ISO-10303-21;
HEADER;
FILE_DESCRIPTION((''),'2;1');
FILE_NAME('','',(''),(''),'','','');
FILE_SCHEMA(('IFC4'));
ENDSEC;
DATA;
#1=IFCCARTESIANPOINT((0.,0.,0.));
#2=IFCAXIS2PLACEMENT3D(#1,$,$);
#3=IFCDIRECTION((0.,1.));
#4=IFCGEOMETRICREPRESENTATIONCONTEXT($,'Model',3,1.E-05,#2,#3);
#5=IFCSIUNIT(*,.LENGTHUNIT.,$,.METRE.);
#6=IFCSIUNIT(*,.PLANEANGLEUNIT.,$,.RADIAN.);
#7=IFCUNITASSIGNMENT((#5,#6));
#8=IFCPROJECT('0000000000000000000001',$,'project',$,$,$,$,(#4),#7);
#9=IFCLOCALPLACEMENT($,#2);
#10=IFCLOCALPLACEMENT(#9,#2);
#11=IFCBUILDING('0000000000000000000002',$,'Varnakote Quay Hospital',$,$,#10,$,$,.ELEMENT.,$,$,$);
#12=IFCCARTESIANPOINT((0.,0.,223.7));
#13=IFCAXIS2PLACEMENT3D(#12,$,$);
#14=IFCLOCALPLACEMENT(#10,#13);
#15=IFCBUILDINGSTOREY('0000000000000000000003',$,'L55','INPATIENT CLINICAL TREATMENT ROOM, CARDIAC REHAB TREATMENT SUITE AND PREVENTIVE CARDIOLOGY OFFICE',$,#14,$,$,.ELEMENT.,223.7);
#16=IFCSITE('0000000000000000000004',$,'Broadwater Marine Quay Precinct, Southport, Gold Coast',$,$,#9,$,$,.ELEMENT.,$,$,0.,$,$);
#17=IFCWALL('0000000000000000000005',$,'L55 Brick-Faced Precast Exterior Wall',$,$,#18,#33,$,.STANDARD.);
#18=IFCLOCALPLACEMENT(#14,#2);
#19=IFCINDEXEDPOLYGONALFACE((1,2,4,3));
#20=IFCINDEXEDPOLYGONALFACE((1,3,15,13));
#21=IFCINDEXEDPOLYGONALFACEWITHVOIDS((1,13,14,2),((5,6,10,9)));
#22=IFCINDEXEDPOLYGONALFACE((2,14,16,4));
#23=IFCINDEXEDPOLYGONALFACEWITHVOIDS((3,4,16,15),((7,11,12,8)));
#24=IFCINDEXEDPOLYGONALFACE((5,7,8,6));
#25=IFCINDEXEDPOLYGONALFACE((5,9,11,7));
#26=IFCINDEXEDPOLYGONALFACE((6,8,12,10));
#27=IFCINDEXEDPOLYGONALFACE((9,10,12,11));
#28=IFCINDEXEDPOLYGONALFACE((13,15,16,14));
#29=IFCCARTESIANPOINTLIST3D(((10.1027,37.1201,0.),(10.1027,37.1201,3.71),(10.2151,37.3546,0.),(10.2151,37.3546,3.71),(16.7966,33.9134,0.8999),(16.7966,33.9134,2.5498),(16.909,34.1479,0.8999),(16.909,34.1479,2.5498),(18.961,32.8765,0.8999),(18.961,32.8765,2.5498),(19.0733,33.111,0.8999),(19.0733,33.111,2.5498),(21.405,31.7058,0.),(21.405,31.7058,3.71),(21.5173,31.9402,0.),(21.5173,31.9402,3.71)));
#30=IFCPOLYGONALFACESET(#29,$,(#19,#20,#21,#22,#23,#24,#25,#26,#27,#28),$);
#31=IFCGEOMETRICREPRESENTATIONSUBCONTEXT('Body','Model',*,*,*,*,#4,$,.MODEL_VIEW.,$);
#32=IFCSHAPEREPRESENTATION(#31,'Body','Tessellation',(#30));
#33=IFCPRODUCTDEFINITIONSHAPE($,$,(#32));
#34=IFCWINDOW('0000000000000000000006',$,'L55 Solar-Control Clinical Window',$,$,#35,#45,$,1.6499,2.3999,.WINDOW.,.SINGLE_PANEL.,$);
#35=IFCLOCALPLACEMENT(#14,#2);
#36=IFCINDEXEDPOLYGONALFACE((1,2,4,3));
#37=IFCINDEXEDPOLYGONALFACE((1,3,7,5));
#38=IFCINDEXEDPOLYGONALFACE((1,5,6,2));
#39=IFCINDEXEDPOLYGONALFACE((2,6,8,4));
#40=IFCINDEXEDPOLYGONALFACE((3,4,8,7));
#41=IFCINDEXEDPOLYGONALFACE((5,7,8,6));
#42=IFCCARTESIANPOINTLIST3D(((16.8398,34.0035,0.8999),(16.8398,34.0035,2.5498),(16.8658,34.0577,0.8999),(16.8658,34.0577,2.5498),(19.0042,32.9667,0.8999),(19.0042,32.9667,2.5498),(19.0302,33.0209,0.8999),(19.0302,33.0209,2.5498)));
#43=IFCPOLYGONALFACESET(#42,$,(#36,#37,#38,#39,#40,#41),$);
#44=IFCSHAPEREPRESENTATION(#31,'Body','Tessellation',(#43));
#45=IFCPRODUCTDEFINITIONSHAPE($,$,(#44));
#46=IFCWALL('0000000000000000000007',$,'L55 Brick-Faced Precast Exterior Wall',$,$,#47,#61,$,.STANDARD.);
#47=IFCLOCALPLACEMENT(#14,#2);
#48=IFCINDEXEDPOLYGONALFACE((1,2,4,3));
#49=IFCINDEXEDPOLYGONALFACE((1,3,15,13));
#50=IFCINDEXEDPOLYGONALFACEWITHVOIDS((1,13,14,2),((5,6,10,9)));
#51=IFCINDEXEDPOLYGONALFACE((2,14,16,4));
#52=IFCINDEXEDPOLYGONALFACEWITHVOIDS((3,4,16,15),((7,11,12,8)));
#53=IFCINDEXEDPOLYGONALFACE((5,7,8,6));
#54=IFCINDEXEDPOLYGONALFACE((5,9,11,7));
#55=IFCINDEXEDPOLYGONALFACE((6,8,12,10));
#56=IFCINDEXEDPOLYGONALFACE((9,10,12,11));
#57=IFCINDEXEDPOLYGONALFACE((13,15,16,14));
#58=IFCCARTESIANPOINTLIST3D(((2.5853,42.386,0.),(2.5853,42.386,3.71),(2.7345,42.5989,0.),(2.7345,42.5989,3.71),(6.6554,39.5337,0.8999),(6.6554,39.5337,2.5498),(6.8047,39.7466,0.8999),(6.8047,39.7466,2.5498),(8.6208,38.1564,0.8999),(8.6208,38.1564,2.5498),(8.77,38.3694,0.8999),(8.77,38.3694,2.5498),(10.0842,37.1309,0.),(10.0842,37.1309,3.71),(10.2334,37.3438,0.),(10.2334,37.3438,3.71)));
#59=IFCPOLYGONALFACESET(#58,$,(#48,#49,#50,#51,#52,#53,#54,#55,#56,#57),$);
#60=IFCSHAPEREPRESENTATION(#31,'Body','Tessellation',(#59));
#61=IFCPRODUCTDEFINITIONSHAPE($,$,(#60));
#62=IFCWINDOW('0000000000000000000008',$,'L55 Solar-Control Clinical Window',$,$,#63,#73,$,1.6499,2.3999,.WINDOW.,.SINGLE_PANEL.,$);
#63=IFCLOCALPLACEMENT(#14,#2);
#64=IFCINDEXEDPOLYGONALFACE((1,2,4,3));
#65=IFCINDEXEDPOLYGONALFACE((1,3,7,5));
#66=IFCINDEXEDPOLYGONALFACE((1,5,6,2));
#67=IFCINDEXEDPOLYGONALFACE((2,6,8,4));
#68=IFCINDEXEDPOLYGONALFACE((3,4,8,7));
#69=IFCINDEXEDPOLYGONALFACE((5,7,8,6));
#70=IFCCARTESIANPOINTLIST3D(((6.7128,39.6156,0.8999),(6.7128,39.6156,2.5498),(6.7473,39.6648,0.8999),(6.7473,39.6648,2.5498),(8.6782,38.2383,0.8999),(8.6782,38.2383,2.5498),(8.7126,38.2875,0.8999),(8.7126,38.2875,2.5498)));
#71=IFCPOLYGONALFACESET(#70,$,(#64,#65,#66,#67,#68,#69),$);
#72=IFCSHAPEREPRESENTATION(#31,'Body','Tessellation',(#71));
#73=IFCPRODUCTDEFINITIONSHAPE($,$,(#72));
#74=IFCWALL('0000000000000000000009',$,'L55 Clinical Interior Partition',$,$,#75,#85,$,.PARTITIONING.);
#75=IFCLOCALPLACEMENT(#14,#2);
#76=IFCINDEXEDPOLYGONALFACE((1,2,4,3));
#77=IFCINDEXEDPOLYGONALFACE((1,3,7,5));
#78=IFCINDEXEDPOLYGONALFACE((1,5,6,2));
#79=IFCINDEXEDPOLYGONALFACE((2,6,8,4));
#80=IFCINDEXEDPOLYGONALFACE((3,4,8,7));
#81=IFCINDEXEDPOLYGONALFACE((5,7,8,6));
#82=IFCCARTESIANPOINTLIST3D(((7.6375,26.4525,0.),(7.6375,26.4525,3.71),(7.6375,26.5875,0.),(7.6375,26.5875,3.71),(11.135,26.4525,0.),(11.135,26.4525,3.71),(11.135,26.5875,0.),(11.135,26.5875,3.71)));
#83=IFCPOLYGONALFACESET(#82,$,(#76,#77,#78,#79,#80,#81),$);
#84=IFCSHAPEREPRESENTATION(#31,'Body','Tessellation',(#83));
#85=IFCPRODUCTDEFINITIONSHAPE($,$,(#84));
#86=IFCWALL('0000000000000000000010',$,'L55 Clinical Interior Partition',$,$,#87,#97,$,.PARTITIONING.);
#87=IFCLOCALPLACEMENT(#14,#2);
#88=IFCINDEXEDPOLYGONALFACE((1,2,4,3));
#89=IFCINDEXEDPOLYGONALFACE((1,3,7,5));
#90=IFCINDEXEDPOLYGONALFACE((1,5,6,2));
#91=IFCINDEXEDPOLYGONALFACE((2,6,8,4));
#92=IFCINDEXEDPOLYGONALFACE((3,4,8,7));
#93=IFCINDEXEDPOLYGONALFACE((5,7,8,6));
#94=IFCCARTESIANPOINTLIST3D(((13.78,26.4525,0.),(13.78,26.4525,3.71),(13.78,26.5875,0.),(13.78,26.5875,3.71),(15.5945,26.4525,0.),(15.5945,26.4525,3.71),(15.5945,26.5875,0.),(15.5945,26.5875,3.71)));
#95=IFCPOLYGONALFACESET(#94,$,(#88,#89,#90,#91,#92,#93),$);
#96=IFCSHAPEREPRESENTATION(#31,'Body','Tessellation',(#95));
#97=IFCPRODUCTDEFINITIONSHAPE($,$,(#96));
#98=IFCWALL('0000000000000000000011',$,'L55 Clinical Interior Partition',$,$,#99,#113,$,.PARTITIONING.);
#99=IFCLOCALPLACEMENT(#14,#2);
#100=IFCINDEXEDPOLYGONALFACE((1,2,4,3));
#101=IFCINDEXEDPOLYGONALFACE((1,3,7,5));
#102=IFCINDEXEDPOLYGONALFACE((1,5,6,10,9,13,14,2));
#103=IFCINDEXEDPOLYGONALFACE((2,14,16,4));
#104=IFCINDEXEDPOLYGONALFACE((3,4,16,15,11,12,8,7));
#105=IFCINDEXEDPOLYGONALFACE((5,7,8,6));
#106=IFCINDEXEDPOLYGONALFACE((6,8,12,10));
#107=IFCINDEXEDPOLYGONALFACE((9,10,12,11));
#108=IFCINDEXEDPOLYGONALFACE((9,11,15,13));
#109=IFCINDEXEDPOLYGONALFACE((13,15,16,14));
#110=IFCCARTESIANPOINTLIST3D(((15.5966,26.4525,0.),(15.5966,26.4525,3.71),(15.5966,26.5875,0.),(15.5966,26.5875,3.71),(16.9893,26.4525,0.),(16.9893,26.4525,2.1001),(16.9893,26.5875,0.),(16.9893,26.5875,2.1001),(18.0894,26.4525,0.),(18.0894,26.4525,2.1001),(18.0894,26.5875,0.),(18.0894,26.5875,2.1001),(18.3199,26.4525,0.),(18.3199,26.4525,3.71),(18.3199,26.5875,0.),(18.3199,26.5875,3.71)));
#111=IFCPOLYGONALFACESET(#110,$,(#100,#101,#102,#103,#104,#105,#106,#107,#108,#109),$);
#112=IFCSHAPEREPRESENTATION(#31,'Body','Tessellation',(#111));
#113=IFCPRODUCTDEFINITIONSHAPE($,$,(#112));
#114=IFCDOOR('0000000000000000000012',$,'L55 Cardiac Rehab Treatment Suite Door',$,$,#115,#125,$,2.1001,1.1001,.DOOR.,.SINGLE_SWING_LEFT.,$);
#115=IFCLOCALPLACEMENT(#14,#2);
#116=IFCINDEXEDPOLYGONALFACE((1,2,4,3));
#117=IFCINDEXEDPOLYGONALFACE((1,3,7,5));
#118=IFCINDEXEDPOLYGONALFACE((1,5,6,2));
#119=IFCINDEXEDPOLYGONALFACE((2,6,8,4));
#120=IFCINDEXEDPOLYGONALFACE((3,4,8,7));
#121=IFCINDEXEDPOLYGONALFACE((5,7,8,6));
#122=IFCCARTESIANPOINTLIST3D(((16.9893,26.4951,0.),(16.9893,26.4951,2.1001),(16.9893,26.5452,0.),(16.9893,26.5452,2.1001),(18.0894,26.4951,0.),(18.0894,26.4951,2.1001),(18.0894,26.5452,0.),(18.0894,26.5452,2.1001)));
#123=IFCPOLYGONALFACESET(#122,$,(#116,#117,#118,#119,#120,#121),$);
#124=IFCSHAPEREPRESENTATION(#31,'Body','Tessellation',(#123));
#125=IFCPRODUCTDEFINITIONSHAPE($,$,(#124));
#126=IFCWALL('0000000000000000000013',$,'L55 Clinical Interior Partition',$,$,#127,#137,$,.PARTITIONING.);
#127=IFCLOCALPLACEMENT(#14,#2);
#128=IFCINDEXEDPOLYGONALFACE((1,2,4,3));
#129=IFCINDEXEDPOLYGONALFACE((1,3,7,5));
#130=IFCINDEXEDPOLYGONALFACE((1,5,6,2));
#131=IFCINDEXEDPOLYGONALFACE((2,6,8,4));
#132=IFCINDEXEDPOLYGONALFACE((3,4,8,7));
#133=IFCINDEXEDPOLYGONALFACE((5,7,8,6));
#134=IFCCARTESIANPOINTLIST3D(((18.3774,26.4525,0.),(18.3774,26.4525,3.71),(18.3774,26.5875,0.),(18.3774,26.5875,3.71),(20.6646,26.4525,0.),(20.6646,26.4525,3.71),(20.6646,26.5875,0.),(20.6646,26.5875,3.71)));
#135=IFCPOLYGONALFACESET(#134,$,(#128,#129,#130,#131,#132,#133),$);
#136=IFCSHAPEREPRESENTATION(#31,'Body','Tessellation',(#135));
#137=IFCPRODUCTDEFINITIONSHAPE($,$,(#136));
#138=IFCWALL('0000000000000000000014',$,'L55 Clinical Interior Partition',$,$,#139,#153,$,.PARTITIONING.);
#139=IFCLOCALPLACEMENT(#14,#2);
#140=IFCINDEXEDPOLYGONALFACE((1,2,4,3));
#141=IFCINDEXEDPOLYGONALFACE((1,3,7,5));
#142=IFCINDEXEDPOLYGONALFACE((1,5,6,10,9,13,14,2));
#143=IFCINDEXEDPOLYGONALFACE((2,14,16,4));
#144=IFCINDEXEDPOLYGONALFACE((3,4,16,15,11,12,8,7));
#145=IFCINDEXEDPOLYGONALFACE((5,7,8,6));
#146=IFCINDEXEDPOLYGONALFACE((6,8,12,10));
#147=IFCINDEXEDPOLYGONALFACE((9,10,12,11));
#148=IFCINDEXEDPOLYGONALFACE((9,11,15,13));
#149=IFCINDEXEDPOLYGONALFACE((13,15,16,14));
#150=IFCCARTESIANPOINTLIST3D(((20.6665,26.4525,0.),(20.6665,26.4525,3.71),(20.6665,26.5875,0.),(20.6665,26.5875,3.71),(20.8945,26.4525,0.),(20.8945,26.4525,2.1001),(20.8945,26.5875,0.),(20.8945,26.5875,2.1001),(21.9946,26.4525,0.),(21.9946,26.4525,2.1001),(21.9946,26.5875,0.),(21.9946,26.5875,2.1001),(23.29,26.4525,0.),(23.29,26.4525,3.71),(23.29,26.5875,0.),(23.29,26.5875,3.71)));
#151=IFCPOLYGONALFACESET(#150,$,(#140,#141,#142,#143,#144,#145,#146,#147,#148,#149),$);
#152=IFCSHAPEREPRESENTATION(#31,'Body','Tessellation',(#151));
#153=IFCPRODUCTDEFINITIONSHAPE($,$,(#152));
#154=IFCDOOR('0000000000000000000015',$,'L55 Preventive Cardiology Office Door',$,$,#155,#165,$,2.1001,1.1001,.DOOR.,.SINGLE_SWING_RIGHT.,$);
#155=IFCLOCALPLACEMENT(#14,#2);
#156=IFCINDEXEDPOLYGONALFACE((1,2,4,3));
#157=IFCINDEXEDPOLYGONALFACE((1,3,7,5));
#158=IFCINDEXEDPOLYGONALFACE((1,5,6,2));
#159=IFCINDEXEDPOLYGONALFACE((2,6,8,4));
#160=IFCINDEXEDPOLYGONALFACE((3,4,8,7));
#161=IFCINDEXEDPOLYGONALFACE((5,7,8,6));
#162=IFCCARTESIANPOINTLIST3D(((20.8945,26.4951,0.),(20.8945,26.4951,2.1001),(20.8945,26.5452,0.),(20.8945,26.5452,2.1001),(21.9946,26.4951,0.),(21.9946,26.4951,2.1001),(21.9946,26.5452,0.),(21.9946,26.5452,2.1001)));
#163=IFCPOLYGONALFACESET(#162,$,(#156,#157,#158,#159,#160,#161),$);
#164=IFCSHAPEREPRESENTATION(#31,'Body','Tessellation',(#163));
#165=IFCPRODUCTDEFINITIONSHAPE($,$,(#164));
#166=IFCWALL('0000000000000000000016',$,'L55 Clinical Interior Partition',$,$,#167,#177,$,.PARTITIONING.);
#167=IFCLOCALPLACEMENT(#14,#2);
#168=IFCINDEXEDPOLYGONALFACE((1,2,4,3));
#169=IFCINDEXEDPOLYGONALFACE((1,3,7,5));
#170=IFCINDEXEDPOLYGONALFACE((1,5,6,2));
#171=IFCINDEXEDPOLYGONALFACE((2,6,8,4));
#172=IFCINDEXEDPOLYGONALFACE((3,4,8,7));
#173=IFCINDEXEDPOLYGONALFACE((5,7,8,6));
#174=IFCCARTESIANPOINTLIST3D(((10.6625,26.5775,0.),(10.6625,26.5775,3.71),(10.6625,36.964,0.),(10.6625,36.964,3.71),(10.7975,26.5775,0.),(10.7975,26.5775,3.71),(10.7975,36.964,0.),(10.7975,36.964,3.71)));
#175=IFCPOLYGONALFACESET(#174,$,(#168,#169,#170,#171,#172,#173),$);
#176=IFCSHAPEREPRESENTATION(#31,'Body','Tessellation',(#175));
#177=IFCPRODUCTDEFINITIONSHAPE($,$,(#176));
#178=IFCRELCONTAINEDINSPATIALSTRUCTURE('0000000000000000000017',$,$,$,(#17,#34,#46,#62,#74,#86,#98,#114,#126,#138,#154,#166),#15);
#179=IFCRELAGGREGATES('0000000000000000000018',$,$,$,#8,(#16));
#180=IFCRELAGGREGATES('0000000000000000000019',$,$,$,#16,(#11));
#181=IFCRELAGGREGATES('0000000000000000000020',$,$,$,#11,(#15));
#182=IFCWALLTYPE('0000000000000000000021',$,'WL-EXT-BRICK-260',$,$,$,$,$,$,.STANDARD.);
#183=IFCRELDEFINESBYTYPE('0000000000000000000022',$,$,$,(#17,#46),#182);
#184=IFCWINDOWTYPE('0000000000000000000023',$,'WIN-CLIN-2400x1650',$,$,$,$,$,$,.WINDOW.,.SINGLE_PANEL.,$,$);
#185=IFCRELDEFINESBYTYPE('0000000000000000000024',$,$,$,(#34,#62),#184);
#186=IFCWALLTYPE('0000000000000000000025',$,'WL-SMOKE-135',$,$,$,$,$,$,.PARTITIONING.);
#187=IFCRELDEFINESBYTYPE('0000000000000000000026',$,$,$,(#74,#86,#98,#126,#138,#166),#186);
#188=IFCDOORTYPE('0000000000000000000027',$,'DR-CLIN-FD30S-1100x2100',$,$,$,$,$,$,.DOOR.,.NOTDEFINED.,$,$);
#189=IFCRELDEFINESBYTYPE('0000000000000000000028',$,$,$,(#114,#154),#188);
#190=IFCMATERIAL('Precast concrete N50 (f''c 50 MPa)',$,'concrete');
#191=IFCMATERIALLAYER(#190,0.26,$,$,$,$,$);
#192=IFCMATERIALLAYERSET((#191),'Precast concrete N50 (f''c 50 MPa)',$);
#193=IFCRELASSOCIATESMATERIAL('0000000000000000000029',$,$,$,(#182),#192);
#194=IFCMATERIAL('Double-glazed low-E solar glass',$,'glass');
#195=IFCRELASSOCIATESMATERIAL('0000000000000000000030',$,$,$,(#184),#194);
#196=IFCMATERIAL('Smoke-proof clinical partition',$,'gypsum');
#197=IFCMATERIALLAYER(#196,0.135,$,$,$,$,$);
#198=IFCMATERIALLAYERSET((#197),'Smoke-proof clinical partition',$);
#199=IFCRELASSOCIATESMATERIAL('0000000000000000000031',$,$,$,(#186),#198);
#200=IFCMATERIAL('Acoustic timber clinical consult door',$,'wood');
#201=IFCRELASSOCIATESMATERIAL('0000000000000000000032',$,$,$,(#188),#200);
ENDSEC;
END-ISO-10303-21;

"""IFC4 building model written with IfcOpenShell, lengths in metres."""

from ifc_helpers import new_model, si_unit, direction, frame, frame_2d, origin, place, context, subcontext, project, spatial, rectangle, extrude, material, layer, layer_set, type_object, element, fill, save


model = new_model("IFC4")

# Units and contexts
model_context = context("Model", 3, precision=1e-05, world=origin(), true_north=direction((0.0, 1.0)))
body_context = subcontext(model_context, "Body", "Model", "MODEL_VIEW")
ifc_project = project(units=[si_unit("LENGTHUNIT", "METRE"), si_unit("PLANEANGLEUNIT", "RADIAN")], contexts=[model_context])

# Site, building, storey
site_placement = place(None, origin())
site = spatial("IfcSite", under=ifc_project, at=site_placement, Name="Broadwater Marine Quay Precinct, Southport, Gold Coast", CompositionType="ELEMENT", RefElevation=0.0)
building_placement = place(site_placement, origin())
building = spatial("IfcBuilding", under=site, at=building_placement, Name="Varnakote Quay Hospital", CompositionType="ELEMENT")
storey_placement = place(building_placement, frame((0.0, 0.0, 223.7)))
storey = spatial("IfcBuildingStorey", under=building, at=storey_placement, Name="L55", Description="INPATIENT CLINICAL TREATMENT ROOM, CARDIAC REHAB TREATMENT SUITE AND PREVENTIVE CARDIOLOGY OFFICE", CompositionType="ELEMENT", Elevation=223.7)

# Walls, openings, windows
ifc_material_1 = material(Name="Precast concrete N50 (f'c 50 MPa)", Category="concrete")
ifc_layer_1 = layer(ifc_material_1, 0.26)
ifc_layer_set_1 = layer_set([ifc_layer_1], Name="Precast concrete N50 (f'c 50 MPa)")
wall_type_1 = type_object("IfcWallType", Name="WL-EXT-BRICK-260", PredefinedType="STANDARD", material=ifc_layer_set_1)
wall_1_placement = place(storey_placement, frame((21.4612, 31.823, 0.0), z_axis=(0.0, 0.0, 1.0), x_axis=(-0.901858, 0.432032, 0.0)))
wall_1 = element("IfcWall", 1, at=wall_1_placement, inside=storey, type_object=wall_type_1, Name="L55 Brick-Faced Precast Exterior Wall", PredefinedType="STANDARD", context=body_context, shape_type="SweptSolid", body=[
    extrude(rectangle(XDim=12.5322, YDim=0.26, at=frame_2d((6.2661, 0.0))), origin(), (0.0, 0.0, 1.0), 3.71),
])
opening_1_placement = place(wall_1_placement, frame((2.71, 0.0, 0.8999)))
opening_1 = element("IfcOpeningElement", 2, at=opening_1_placement, cuts=wall_1, PredefinedType="OPENING", context=body_context, shape_type="SweptSolid", body=[
    extrude(rectangle(XDim=2.3999, YDim=1.6499, at=frame_2d((1.2, 0.825))), frame((0.0, 0.1399, 0.0), z_axis=(0.0, -1.0, 0.0), x_axis=(1.0, 0.0, 0.0)), (0.0, 0.0, 1.0), 0.28),
])
ifc_material_2 = material(Name="Double-glazed low-E solar glass", Category="glass")
window_type = type_object("IfcWindowType", Name="WIN-CLIN-2400x1650", PartitioningType="SINGLE_PANEL", PredefinedType="WINDOW", material=ifc_material_2)
window_1_placement = place(opening_1_placement, origin())
window_1 = element("IfcWindow", 3, at=window_1_placement, inside=storey, type_object=window_type, Name="L55 Solar-Control Clinical Window", OverallHeight=1.6499, OverallWidth=2.3999, PartitioningType="SINGLE_PANEL", PredefinedType="WINDOW", context=body_context, shape_type="SweptSolid", body=[
    extrude(rectangle(XDim=2.3999, YDim=1.6499, at=frame_2d((1.2, 0.825))), frame((0.0, 0.03, 0.0), z_axis=(0.0, -1.0, 0.0), x_axis=(1.0, 0.0, 0.0)), (0.0, 0.0, 1.0), 0.0601),
])
fill(opening_1, window_1)
wall_2_placement = place(storey_placement, frame((10.1589, 37.2373, 0.0), z_axis=(0.0, 0.0, 1.0), x_axis=(-0.818934, 0.573888, 0.0)))
wall_2 = element("IfcWall", 4, at=wall_2_placement, inside=storey, type_object=wall_type_1, Name="L55 Brick-Faced Precast Exterior Wall", PredefinedType="STANDARD", context=body_context, shape_type="SweptSolid", body=[
    extrude(rectangle(XDim=9.157, YDim=0.26, at=frame_2d((4.5786, 0.0))), origin(), (0.0, 0.0, 1.0), 3.71),
])
opening_2_placement = place(wall_2_placement, frame((1.7871, 0.0, 0.8999)))
opening_2 = element("IfcOpeningElement", 5, at=opening_2_placement, cuts=wall_2, PredefinedType="OPENING", context=body_context, shape_type="SweptSolid", body=[
    extrude(rectangle(XDim=2.3999, YDim=1.6499, at=frame_2d((1.2, 0.825))), frame((0.0, 0.1399, 0.0), z_axis=(0.0, -1.0, 0.0), x_axis=(1.0, 0.0, 0.0)), (0.0, 0.0, 1.0), 0.28),
])
window_2_placement = place(opening_2_placement, origin())
window_2 = element("IfcWindow", 6, at=window_2_placement, inside=storey, type_object=window_type, Name="L55 Solar-Control Clinical Window", OverallHeight=1.6499, OverallWidth=2.3999, PartitioningType="SINGLE_PANEL", PredefinedType="WINDOW", context=body_context, shape_type="SweptSolid", body=[
    extrude(rectangle(XDim=2.3999, YDim=1.6499, at=frame_2d((1.2, 0.825))), frame((0.0, 0.03, 0.0), z_axis=(0.0, -1.0, 0.0), x_axis=(1.0, 0.0, 0.0)), (0.0, 0.0, 1.0), 0.0601),
])
fill(opening_2, window_2)

# Walls
ifc_material_3 = material(Name="Smoke-proof clinical partition", Category="gypsum")
ifc_layer_2 = layer(ifc_material_3, 0.135)
ifc_layer_set_2 = layer_set([ifc_layer_2], Name="Smoke-proof clinical partition")
wall_type_2 = type_object("IfcWallType", Name="WL-SMOKE-135", PredefinedType="PARTITIONING", material=ifc_layer_set_2)
wall_3_placement = place(storey_placement, frame((11.135, 26.52, 0.0), z_axis=(0.0, 0.0, 1.0), x_axis=(-1.0, 0.0, 0.0)))
element("IfcWall", 7, at=wall_3_placement, inside=storey, type_object=wall_type_2, Name="L55 Clinical Interior Partition", PredefinedType="PARTITIONING", context=body_context, shape_type="SweptSolid", body=[
    extrude(rectangle(XDim=3.4976, YDim=0.135, at=frame_2d((1.7488, 0.0))), origin(), (0.0, 0.0, 1.0), 3.71),
])
wall_4_placement = place(storey_placement, frame((15.5945, 26.52, 0.0), z_axis=(0.0, 0.0, 1.0), x_axis=(-1.0, 0.0, 0.0)))
element("IfcWall", 8, at=wall_4_placement, inside=storey, type_object=wall_type_2, Name="L55 Clinical Interior Partition", PredefinedType="PARTITIONING", context=body_context, shape_type="SweptSolid", body=[
    extrude(rectangle(XDim=1.8145, YDim=0.135, at=frame_2d((0.9072, 0.0))), origin(), (0.0, 0.0, 1.0), 3.71),
])

# Wall, opening, door
wall_5_placement = place(storey_placement, frame((18.3201, 26.52, 0.0), z_axis=(0.0, 0.0, 1.0), x_axis=(-1.0, 0.0, 0.0)))
wall_5 = element("IfcWall", 9, at=wall_5_placement, inside=storey, type_object=wall_type_2, Name="L55 Clinical Interior Partition", PredefinedType="PARTITIONING", context=body_context, shape_type="SweptSolid", body=[
    extrude(rectangle(XDim=2.7234, YDim=0.135, at=frame_2d((1.3618, 0.0))), origin(), (0.0, 0.0, 1.0), 3.71),
])
opening_3_placement = place(wall_5_placement, frame((0.2307, 0.0, 0.0)))
opening_3 = element("IfcOpeningElement", 10, at=opening_3_placement, cuts=wall_5, PredefinedType="OPENING", context=body_context, shape_type="SweptSolid", body=[
    extrude(rectangle(XDim=1.1001, YDim=2.1001, at=frame_2d((0.55, 1.05))), frame((0.0, 0.0774, 0.0), z_axis=(0.0, -1.0, 0.0), x_axis=(1.0, 0.0, 0.0)), (0.0, 0.0, 1.0), 0.155),
])
ifc_material_4 = material(Name="Acoustic timber clinical consult door", Category="wood")
door_type = type_object("IfcDoorType", Name="DR-CLIN-FD30S-1100x2100", OperationType="NOTDEFINED", PredefinedType="DOOR", material=ifc_material_4)
door_1_placement = place(opening_3_placement, origin())
door_1 = element("IfcDoor", 11, at=door_1_placement, inside=storey, type_object=door_type, Name="L55 Cardiac Rehab Treatment Suite Door", OperationType="SINGLE_SWING_LEFT", OverallHeight=2.1001, OverallWidth=1.1001, PredefinedType="DOOR", context=body_context, shape_type="SweptSolid", body=[
    extrude(rectangle(XDim=1.1001, YDim=2.1001, at=frame_2d((0.55, 1.05))), frame((0.0, 0.0249, 0.0), z_axis=(0.0, -1.0, 0.0), x_axis=(1.0, 0.0, 0.0)), (0.0, 0.0, 1.0), 0.05),
])
fill(opening_3, door_1)

# Wall
wall_6_placement = place(storey_placement, frame((20.6646, 26.52, 0.0), z_axis=(0.0, 0.0, 1.0), x_axis=(-1.0, 0.0, 0.0)))
element("IfcWall", 12, at=wall_6_placement, inside=storey, type_object=wall_type_2, Name="L55 Clinical Interior Partition", PredefinedType="PARTITIONING", context=body_context, shape_type="SweptSolid", body=[
    extrude(rectangle(XDim=2.2871, YDim=0.135, at=frame_2d((1.1436, 0.0))), origin(), (0.0, 0.0, 1.0), 3.71),
])

# Wall, opening, door
wall_7_placement = place(storey_placement, frame((23.29, 26.52, 0.0), z_axis=(0.0, 0.0, 1.0), x_axis=(-1.0, 0.0, 0.0)))
wall_7 = element("IfcWall", 13, at=wall_7_placement, inside=storey, type_object=wall_type_2, Name="L55 Clinical Interior Partition", PredefinedType="PARTITIONING", context=body_context, shape_type="SweptSolid", body=[
    extrude(rectangle(XDim=2.6235, YDim=0.135, at=frame_2d((1.3118, 0.0))), origin(), (0.0, 0.0, 1.0), 3.71),
])
opening_4_placement = place(wall_7_placement, frame((1.2954, 0.0, 0.0)))
opening_4 = element("IfcOpeningElement", 14, at=opening_4_placement, cuts=wall_7, PredefinedType="OPENING", context=body_context, shape_type="SweptSolid", body=[
    extrude(rectangle(XDim=1.1001, YDim=2.1001, at=frame_2d((0.55, 1.05))), frame((0.0, 0.0774, 0.0), z_axis=(0.0, -1.0, 0.0), x_axis=(1.0, 0.0, 0.0)), (0.0, 0.0, 1.0), 0.155),
])
door_2_placement = place(opening_4_placement, origin())
door_2 = element("IfcDoor", 15, at=door_2_placement, inside=storey, type_object=door_type, Name="L55 Preventive Cardiology Office Door", OperationType="SINGLE_SWING_RIGHT", OverallHeight=2.1001, OverallWidth=1.1001, PredefinedType="DOOR", context=body_context, shape_type="SweptSolid", body=[
    extrude(rectangle(XDim=1.1001, YDim=2.1001, at=frame_2d((0.55, 1.05))), frame((0.0, 0.0249, 0.0), z_axis=(0.0, -1.0, 0.0), x_axis=(1.0, 0.0, 0.0)), (0.0, 0.0, 1.0), 0.05),
])
fill(opening_4, door_2)

# Wall
wall_8_placement = place(storey_placement, frame((10.73, 26.5774, 0.0), z_axis=(0.0, 0.0, 1.0), x_axis=(0.0, 1.0, 0.0)))
element("IfcWall", 16, at=wall_8_placement, inside=storey, type_object=wall_type_2, Name="L55 Clinical Interior Partition", PredefinedType="PARTITIONING", context=body_context, shape_type="SweptSolid", body=[
    extrude(rectangle(XDim=10.3865, YDim=0.135, at=frame_2d((5.1934, 0.0))), origin(), (0.0, 0.0, 1.0), 3.71),
])

save(model, "model.ifc")
